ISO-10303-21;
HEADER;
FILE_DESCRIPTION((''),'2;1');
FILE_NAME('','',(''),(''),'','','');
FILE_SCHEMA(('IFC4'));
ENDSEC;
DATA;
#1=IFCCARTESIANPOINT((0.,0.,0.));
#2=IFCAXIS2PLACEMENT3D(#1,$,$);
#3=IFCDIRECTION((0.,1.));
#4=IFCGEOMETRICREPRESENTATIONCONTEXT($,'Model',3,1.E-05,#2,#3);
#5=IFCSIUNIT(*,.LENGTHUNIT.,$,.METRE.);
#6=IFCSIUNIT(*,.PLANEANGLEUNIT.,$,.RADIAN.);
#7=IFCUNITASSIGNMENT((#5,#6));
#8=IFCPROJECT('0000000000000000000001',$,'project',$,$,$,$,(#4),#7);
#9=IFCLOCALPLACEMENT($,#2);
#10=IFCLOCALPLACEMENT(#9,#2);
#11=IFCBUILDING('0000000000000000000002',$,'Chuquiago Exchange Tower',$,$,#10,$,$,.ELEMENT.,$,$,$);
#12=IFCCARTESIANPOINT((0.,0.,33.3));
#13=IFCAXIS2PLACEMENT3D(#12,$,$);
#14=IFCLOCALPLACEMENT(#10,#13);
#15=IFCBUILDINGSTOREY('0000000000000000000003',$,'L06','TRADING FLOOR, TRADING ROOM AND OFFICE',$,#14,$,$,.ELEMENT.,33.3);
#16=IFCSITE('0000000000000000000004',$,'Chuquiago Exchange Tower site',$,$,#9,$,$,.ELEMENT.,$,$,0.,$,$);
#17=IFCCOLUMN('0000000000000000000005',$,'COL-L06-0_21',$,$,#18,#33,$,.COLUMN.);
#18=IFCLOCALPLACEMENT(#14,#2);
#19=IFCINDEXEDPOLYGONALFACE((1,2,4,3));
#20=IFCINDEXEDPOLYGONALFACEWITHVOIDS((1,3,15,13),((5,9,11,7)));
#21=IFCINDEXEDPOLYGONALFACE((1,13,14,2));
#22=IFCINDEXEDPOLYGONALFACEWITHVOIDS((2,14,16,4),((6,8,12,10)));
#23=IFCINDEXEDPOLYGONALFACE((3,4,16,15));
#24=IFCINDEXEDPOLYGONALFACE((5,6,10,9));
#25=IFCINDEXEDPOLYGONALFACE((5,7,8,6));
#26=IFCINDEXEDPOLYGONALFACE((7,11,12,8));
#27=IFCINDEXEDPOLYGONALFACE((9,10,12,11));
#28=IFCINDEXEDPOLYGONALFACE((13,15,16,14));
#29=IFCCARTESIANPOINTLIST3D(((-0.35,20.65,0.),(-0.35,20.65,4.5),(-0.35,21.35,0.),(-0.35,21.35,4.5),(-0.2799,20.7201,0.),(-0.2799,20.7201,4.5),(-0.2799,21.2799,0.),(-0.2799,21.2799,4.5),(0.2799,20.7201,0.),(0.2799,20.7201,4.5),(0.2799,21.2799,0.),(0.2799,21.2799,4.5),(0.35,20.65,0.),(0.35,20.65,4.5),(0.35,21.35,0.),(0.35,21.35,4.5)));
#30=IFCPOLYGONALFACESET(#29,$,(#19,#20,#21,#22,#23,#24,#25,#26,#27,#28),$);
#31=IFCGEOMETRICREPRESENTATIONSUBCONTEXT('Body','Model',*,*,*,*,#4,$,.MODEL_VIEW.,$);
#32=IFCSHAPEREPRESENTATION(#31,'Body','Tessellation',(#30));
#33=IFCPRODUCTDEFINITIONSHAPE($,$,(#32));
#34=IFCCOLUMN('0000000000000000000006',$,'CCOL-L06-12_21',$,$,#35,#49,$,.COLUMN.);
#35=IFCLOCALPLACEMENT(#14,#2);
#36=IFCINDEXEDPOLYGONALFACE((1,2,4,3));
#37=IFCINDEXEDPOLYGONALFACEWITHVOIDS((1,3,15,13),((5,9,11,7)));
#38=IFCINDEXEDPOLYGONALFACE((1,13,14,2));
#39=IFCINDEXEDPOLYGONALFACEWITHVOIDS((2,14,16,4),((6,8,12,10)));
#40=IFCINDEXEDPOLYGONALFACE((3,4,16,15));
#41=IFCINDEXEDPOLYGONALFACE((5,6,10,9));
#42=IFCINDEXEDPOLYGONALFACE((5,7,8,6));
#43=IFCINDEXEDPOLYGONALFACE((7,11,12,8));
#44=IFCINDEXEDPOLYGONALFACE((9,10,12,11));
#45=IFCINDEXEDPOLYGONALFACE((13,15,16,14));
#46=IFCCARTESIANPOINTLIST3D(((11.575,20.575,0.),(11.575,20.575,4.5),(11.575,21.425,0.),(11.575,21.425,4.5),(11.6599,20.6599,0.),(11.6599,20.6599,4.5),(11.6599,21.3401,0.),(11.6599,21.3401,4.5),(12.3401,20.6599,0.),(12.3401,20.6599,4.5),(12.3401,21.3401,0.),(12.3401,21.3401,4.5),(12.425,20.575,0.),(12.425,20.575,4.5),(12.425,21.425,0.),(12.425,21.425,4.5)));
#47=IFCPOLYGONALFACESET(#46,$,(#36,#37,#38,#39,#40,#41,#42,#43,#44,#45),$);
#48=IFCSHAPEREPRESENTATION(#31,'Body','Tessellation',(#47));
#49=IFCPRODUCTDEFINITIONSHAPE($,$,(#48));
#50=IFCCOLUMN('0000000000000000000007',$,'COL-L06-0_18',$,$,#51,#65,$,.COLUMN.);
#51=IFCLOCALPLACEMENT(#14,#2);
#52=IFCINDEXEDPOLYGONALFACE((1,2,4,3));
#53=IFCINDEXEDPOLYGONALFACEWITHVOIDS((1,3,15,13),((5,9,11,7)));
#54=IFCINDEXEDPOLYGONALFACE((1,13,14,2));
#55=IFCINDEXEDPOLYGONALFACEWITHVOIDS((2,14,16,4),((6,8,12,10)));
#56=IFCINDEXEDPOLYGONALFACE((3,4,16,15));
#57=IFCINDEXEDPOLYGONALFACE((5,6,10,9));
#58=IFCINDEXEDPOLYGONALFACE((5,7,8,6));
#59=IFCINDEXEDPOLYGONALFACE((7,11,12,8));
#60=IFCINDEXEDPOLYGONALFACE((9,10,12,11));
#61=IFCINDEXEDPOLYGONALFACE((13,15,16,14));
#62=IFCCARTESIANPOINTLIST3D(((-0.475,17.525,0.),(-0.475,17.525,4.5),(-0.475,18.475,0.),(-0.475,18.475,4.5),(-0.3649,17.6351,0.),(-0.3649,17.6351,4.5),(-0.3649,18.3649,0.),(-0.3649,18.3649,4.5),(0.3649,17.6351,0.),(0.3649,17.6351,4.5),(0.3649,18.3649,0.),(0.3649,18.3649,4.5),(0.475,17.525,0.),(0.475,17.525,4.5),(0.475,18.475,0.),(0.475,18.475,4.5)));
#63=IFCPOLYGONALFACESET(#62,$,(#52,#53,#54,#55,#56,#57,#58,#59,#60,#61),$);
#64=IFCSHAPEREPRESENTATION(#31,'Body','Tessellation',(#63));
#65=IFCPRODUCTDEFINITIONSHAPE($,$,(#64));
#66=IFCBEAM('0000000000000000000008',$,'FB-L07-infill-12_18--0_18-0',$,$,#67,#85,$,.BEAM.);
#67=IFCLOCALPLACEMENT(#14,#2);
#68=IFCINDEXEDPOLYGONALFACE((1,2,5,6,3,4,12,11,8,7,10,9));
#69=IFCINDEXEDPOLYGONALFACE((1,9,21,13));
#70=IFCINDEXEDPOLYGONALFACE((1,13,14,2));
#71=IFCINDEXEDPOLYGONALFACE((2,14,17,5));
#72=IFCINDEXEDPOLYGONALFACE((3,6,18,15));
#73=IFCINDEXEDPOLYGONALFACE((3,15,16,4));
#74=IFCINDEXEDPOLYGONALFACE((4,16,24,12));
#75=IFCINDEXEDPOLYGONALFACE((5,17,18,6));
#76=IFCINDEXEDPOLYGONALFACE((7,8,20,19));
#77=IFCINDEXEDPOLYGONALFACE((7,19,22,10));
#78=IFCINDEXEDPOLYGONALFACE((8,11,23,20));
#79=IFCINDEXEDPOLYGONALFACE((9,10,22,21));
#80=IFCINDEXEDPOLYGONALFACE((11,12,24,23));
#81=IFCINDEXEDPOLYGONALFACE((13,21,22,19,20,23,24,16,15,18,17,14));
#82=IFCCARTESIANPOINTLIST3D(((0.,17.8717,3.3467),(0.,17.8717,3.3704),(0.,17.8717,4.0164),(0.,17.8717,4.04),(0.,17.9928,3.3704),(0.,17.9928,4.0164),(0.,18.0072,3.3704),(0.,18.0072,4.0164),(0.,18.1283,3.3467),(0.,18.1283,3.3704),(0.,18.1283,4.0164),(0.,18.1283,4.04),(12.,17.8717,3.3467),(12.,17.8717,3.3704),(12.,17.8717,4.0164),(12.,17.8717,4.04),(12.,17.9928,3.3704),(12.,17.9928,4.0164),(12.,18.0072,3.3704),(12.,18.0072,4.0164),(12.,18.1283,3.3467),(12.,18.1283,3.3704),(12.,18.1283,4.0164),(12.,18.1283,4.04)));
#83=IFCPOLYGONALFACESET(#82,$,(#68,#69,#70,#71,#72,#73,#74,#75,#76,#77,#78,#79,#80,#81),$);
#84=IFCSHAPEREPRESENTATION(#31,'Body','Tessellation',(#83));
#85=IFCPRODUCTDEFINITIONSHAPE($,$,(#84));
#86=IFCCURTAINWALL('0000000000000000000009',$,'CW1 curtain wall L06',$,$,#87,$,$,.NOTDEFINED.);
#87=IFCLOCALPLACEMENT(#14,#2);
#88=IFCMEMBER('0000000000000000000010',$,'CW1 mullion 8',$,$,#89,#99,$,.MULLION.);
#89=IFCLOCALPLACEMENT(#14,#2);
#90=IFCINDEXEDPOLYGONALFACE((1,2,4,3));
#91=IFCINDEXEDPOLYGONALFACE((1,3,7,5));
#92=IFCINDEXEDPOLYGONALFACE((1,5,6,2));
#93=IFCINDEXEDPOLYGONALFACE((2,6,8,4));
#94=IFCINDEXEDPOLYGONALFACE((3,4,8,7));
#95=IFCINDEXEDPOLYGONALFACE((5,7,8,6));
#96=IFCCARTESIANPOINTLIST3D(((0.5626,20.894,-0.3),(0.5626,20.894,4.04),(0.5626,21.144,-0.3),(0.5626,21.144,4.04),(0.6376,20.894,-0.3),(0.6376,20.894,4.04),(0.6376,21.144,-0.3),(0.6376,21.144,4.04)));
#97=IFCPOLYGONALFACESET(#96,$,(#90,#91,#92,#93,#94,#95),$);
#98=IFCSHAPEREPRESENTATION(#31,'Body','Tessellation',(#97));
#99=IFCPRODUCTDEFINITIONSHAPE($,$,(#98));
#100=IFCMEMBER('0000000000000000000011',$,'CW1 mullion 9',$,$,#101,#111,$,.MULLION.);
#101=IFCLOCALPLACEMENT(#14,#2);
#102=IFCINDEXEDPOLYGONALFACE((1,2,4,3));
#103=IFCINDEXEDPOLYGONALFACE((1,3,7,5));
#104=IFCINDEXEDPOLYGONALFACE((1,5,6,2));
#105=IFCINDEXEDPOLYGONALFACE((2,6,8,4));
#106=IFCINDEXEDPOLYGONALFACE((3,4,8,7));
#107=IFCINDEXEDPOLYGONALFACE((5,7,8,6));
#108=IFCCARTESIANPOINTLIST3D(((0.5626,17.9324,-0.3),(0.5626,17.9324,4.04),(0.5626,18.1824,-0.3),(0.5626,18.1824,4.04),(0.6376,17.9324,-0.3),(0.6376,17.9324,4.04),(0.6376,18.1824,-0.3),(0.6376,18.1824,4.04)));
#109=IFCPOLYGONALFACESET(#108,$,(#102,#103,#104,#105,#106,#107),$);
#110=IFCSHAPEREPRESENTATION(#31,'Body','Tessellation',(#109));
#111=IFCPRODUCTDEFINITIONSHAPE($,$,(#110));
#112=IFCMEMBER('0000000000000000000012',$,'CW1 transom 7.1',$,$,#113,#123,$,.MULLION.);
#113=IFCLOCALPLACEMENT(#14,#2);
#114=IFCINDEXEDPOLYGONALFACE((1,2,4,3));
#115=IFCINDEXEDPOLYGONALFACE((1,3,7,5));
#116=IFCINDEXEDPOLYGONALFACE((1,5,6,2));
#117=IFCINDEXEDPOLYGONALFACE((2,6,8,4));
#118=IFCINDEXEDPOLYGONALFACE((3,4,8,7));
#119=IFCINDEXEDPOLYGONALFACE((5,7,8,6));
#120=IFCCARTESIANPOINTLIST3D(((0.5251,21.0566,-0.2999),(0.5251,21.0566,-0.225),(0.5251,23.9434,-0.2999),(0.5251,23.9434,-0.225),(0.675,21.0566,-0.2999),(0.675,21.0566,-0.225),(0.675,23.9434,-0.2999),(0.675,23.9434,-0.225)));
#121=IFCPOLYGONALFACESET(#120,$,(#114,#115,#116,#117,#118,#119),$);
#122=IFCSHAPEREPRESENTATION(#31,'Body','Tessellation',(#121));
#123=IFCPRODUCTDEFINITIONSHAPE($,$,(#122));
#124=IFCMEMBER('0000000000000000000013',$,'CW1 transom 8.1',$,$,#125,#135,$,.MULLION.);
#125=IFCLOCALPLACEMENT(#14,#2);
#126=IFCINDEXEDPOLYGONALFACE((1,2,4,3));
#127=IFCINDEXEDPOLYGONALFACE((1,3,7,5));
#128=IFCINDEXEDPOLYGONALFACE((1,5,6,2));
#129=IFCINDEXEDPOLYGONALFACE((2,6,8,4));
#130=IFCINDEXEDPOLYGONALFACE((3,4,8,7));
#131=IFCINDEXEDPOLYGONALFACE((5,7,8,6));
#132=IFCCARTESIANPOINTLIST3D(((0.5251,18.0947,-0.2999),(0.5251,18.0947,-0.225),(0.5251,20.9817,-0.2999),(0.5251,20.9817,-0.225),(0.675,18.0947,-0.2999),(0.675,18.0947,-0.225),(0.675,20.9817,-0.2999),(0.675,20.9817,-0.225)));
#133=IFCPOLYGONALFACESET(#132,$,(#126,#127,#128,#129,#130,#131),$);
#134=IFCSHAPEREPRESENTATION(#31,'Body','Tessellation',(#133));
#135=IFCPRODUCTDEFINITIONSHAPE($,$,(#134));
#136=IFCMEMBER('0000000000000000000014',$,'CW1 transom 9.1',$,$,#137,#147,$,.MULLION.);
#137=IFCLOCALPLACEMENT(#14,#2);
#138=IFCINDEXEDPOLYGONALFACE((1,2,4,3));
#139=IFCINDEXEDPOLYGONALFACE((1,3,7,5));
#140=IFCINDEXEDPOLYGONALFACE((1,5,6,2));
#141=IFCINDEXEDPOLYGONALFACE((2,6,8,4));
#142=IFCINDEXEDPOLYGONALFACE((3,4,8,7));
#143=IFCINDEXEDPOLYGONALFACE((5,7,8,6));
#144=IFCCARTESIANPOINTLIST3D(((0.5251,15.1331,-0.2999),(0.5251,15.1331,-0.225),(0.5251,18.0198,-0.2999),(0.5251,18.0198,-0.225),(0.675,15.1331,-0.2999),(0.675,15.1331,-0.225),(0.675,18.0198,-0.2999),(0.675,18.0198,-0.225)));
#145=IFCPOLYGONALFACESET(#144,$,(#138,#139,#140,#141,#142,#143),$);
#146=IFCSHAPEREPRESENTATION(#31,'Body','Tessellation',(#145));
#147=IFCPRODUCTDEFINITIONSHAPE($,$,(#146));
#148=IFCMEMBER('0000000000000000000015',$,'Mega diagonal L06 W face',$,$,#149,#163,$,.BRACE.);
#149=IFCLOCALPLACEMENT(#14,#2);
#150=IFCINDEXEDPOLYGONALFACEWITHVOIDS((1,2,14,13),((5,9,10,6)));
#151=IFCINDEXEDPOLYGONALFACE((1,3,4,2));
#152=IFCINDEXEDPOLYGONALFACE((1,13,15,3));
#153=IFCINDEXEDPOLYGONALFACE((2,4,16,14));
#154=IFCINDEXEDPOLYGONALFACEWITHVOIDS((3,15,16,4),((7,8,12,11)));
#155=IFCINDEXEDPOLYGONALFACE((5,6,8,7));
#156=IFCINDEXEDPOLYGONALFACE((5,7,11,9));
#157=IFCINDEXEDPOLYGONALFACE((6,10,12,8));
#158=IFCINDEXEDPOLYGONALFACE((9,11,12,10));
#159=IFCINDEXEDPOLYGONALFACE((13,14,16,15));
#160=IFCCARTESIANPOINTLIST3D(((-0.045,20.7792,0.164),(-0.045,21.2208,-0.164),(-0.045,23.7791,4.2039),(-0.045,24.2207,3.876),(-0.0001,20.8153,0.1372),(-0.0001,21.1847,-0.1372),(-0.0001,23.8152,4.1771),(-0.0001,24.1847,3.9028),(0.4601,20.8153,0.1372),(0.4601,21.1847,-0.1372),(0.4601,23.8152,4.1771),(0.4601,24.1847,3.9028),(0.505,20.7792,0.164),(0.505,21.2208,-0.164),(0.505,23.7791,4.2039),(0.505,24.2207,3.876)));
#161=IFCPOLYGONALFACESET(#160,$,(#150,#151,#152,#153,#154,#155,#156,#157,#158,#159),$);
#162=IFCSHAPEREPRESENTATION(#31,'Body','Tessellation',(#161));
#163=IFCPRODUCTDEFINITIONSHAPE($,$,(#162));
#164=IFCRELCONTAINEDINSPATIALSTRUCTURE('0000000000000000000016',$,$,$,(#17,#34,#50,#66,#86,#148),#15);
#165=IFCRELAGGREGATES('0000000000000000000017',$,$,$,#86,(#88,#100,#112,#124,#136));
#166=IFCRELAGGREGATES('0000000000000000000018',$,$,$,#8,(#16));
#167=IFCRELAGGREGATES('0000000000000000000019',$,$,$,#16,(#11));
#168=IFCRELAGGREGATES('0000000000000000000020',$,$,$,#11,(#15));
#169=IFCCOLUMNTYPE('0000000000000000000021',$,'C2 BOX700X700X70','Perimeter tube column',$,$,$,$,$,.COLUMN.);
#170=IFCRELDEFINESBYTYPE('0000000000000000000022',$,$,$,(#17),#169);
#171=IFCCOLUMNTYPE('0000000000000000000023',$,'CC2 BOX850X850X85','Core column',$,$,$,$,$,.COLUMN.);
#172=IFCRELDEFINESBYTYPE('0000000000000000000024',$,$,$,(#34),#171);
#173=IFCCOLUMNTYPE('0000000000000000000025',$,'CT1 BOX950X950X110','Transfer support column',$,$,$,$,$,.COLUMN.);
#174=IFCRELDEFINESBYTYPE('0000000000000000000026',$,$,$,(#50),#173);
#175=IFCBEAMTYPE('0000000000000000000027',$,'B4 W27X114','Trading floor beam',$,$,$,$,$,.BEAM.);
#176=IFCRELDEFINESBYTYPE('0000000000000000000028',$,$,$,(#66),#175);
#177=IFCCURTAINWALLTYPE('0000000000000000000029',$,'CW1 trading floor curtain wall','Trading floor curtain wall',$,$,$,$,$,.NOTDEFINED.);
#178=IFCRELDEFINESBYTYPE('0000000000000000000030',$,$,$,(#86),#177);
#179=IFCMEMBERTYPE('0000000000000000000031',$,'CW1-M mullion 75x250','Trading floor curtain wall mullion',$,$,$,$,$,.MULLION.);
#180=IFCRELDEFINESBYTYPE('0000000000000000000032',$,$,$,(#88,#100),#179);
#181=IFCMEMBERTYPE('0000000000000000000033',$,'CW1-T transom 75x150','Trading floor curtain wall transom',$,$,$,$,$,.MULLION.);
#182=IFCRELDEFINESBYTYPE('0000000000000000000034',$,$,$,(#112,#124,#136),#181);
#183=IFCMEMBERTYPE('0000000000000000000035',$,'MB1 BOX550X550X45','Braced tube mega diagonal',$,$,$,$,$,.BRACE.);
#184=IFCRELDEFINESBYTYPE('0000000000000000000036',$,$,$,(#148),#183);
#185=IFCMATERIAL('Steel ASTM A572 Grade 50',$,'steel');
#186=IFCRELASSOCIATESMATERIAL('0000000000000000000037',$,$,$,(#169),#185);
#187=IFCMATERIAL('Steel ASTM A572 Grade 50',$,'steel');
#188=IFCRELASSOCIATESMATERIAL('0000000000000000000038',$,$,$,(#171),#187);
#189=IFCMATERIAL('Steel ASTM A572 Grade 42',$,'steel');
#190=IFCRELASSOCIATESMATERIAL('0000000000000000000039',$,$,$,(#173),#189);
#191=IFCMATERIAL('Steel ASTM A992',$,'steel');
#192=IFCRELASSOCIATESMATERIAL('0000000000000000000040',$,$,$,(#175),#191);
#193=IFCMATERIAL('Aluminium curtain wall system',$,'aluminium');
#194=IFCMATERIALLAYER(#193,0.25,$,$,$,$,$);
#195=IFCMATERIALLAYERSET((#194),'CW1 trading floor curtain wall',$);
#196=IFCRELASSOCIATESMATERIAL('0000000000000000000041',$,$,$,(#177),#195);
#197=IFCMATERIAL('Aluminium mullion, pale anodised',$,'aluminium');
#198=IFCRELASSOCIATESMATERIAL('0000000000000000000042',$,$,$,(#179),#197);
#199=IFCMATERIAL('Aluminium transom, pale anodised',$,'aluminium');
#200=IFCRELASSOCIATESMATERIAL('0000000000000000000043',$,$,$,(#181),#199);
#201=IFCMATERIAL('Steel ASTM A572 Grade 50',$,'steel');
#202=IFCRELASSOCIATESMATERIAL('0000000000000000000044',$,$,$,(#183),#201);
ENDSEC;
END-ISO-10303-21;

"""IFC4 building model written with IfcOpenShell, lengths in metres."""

from ifc_helpers import new_model, si_unit, direction, frame, origin, origin_2d, place, context, subcontext, project, spatial, rectangle, hollow_rectangle, i_section, extrude, material, layer, layer_set, material_profile, profile_set, type_object, element, aggregate, save


model = new_model("IFC4")

# Units and contexts
model_context = context("Model", 3, precision=1e-05, world=origin(), true_north=direction((0.0, 1.0)))
body_context = subcontext(model_context, "Body", "Model", "MODEL_VIEW")
ifc_project = project(units=[si_unit("LENGTHUNIT", "METRE"), si_unit("PLANEANGLEUNIT", "RADIAN")], contexts=[model_context])

# Site, building, storey
site_placement = place(None, origin())
site = spatial("IfcSite", under=ifc_project, at=site_placement, Name="Chuquiago Exchange Tower site", CompositionType="ELEMENT", RefElevation=0.0)
building_placement = place(site_placement, origin())
building = spatial("IfcBuilding", under=site, at=building_placement, Name="Chuquiago Exchange Tower", CompositionType="ELEMENT")
storey_placement = place(building_placement, frame((0.0, 0.0, 33.3)))
storey = spatial("IfcBuildingStorey", under=building, at=storey_placement, Name="L06", Description="TRADING FLOOR, TRADING ROOM AND OFFICE", CompositionType="ELEMENT", Elevation=33.3)

# Columns
ifc_material_1 = material(Name="Steel ASTM A572 Grade 50", Category="steel")
ifc_material_profile_1 = material_profile(ifc_material_1, hollow_rectangle(XDim=0.7, YDim=0.7, WallThickness=0.0701, at=origin_2d()), Name="BOX700X700X70")
ifc_profile_set_1 = profile_set([ifc_material_profile_1], Name="Steel ASTM A572 Grade 50")
column_type_1 = type_object("IfcColumnType", Name="C2 BOX700X700X70", Description="Perimeter tube column", PredefinedType="COLUMN", material=ifc_profile_set_1)
column_1_placement = place(storey_placement, frame((0.0, 21.0, 0.0), z_axis=(0.0, 0.0, 1.0), x_axis=(-1.0, 0.0, 0.0)))
element("IfcColumn", 1, at=column_1_placement, inside=storey, type_object=column_type_1, Name="COL-L06-0_21", PredefinedType="COLUMN", context=body_context, shape_type="SweptSolid", body=[
    extrude(hollow_rectangle(XDim=0.7, YDim=0.7, WallThickness=0.0701, at=origin_2d()), origin(), (0.0, 0.0, 1.0), 4.5),
])
ifc_material_2 = material(Name="Steel ASTM A572 Grade 50", Category="steel")
ifc_material_profile_2 = material_profile(ifc_material_2, hollow_rectangle(XDim=0.8501, YDim=0.8501, WallThickness=0.085, at=origin_2d()), Name="BOX850X850X85")
ifc_profile_set_2 = profile_set([ifc_material_profile_2], Name="Steel ASTM A572 Grade 50")
column_type_2 = type_object("IfcColumnType", Name="CC2 BOX850X850X85", Description="Core column", PredefinedType="COLUMN", material=ifc_profile_set_2)
column_2_placement = place(storey_placement, frame((12.0, 21.0, 0.0), z_axis=(0.0, 0.0, 1.0), x_axis=(1.0, 0.0, 0.0)))
element("IfcColumn", 2, at=column_2_placement, inside=storey, type_object=column_type_2, Name="CCOL-L06-12_21", PredefinedType="COLUMN", context=body_context, shape_type="SweptSolid", body=[
    extrude(hollow_rectangle(XDim=0.8501, YDim=0.8501, WallThickness=0.085, at=origin_2d()), origin(), (0.0, 0.0, 1.0), 4.5),
])
ifc_material_3 = material(Name="Steel ASTM A572 Grade 42", Category="steel")
ifc_material_profile_3 = material_profile(ifc_material_3, hollow_rectangle(XDim=0.95, YDim=0.95, WallThickness=0.1101, at=origin_2d()), Name="BOX950X950X110")
ifc_profile_set_3 = profile_set([ifc_material_profile_3], Name="Steel ASTM A572 Grade 42")
column_type_3 = type_object("IfcColumnType", Name="CT1 BOX950X950X110", Description="Transfer support column", PredefinedType="COLUMN", material=ifc_profile_set_3)
column_3_placement = place(storey_placement, frame((0.0, 18.0, 0.0), z_axis=(0.0, 0.0, 1.0), x_axis=(-1.0, 0.0, 0.0)))
element("IfcColumn", 3, at=column_3_placement, inside=storey, type_object=column_type_3, Name="COL-L06-0_18", PredefinedType="COLUMN", context=body_context, shape_type="SweptSolid", body=[
    extrude(hollow_rectangle(XDim=0.95, YDim=0.95, WallThickness=0.1101, at=origin_2d()), origin(), (0.0, 0.0, 1.0), 4.5),
])

# Beam
ifc_material_4 = material(Name="Steel ASTM A992", Category="steel")
ifc_material_profile_4 = material_profile(ifc_material_4, i_section(OverallWidth=0.2566, OverallDepth=0.6934, WebThickness=0.0144, FlangeThickness=0.0237, at=origin_2d()), Name="W27X114")
ifc_profile_set_4 = profile_set([ifc_material_profile_4], Name="Steel ASTM A992")
beam_type_1 = type_object("IfcBeamType", Name="B4 W27X114", Description="Trading floor beam", PredefinedType="BEAM", material=ifc_profile_set_4)
beam_placement = place(storey_placement, frame((12.0, 18.0, 3.6934), z_axis=(-1.0, 0.0, 0.0), x_axis=(0.0, -1.0, 0.0)))
element("IfcBeam", 4, at=beam_placement, inside=storey, type_object=beam_type_1, Name="FB-L07-infill-12_18--0_18-0", PredefinedType="BEAM", context=body_context, shape_type="SweptSolid", body=[
    extrude(i_section(OverallWidth=0.2566, OverallDepth=0.6934, WebThickness=0.0144, FlangeThickness=0.0237, at=origin_2d()), origin(), (0.0, 0.0, 1.0), 12.0),
])

# Curtain wall, members
ifc_material_5 = material(Name="Aluminium curtain wall system", Category="aluminium")
ifc_layer_1 = layer(ifc_material_5, 0.25)
ifc_layer_set_1 = layer_set([ifc_layer_1], Name="CW1 trading floor curtain wall")
curtain_wall_type = type_object("IfcCurtainWallType", Name="CW1 trading floor curtain wall", Description="Trading floor curtain wall", PredefinedType="NOTDEFINED", material=ifc_layer_set_1)
curtain_wall_placement = place(storey_placement, origin())
curtain_wall = element("IfcCurtainWall", 5, at=curtain_wall_placement, inside=storey, type_object=curtain_wall_type, Name="CW1 curtain wall L06", PredefinedType="NOTDEFINED")
ifc_material_6 = material(Name="Aluminium mullion, pale anodised", Category="aluminium")
ifc_material_profile_5 = material_profile(ifc_material_6, rectangle(XDim=0.075, YDim=0.25, at=origin_2d()), Name="AL 75x250")
ifc_profile_set_5 = profile_set([ifc_material_profile_5], Name="Aluminium mullion, pale anodised")
member_type_1 = type_object("IfcMemberType", Name="CW1-M mullion 75x250", Description="Trading floor curtain wall mullion", PredefinedType="MULLION", material=ifc_profile_set_5)
member_1_placement = place(storey_placement, frame((0.6001, 21.019, -0.3), z_axis=(0.0, 0.0, 1.0), x_axis=(1.0, 0.0, 0.0)))
member_1 = element("IfcMember", 6, at=member_1_placement, type_object=member_type_1, Name="CW1 mullion 8", PredefinedType="MULLION", context=body_context, shape_type="SweptSolid", body=[
    extrude(rectangle(XDim=0.075, YDim=0.25, at=origin_2d()), origin(), (0.0, 0.0, 1.0), 4.3401),
])
member_2_placement = place(storey_placement, frame((0.6001, 18.0574, -0.3), z_axis=(0.0, 0.0, 1.0), x_axis=(1.0, 0.0, 0.0)))
member_2 = element("IfcMember", 7, at=member_2_placement, type_object=member_type_1, Name="CW1 mullion 9", PredefinedType="MULLION", context=body_context, shape_type="SweptSolid", body=[
    extrude(rectangle(XDim=0.075, YDim=0.25, at=origin_2d()), origin(), (0.0, 0.0, 1.0), 4.3401),
])
ifc_material_7 = material(Name="Aluminium transom, pale anodised", Category="aluminium")
ifc_material_profile_6 = material_profile(ifc_material_7, rectangle(XDim=0.1499, YDim=0.075, at=origin_2d()), Name="AL 150x75")
ifc_profile_set_6 = profile_set([ifc_material_profile_6], Name="Aluminium transom, pale anodised")
member_type_2 = type_object("IfcMemberType", Name="CW1-T transom 75x150", Description="Trading floor curtain wall transom", PredefinedType="MULLION", material=ifc_profile_set_6)
member_3_placement = place(storey_placement, frame((0.6001, 23.9434, -0.2625), z_axis=(0.0, -1.0, 0.0), x_axis=(1.0, 0.0, 0.0)))
member_3 = element("IfcMember", 8, at=member_3_placement, type_object=member_type_2, Name="CW1 transom 7.1", PredefinedType="MULLION", context=body_context, shape_type="SweptSolid", body=[
    extrude(rectangle(XDim=0.1499, YDim=0.075, at=origin_2d()), origin(), (0.0, 0.0, 1.0), 2.8867),
])
member_4_placement = place(storey_placement, frame((0.6001, 20.9817, -0.2625), z_axis=(0.0, -1.0, 0.0), x_axis=(1.0, 0.0, 0.0)))
member_4 = element("IfcMember", 9, at=member_4_placement, type_object=member_type_2, Name="CW1 transom 8.1", PredefinedType="MULLION", context=body_context, shape_type="SweptSolid", body=[
    extrude(rectangle(XDim=0.1499, YDim=0.075, at=origin_2d()), origin(), (0.0, 0.0, 1.0), 2.887),
])
member_5_placement = place(storey_placement, frame((0.6001, 18.0198, -0.2625), z_axis=(0.0, -1.0, 0.0), x_axis=(1.0, 0.0, 0.0)))
member_5 = element("IfcMember", 10, at=member_5_placement, type_object=member_type_2, Name="CW1 transom 9.1", PredefinedType="MULLION", context=body_context, shape_type="SweptSolid", body=[
    extrude(rectangle(XDim=0.1499, YDim=0.075, at=origin_2d()), origin(), (0.0, 0.0, 1.0), 2.8867),
])

# Member
ifc_material_8 = material(Name="Steel ASTM A572 Grade 50", Category="steel")
ifc_material_profile_7 = material_profile(ifc_material_8, hollow_rectangle(XDim=0.55, YDim=0.55, WallThickness=0.0449, at=origin_2d()), Name="BOX550X550X45")
ifc_profile_set_7 = profile_set([ifc_material_profile_7], Name="Steel ASTM A572 Grade 50")
member_type_3 = type_object("IfcMemberType", Name="MB1 BOX550X550X45", Description="Braced tube mega diagonal", PredefinedType="BRACE", material=ifc_profile_set_7)
member_6_placement = place(storey_placement, frame((0.23, 21.0, 0.0), z_axis=(0.0, 0.596174, 0.802855), x_axis=(-1.0, 0.0, 0.0)))
element("IfcMember", 11, at=member_6_placement, inside=storey, type_object=member_type_3, Name="Mega diagonal L06 W face", PredefinedType="BRACE", context=body_context, shape_type="SweptSolid", body=[
    extrude(hollow_rectangle(XDim=0.55, YDim=0.55, WallThickness=0.0449, at=origin_2d()), origin(), (0.0, 0.0, 1.0), 5.032),
])

aggregate(curtain_wall, [member_1, member_2, member_3, member_4, member_5])

save(model, "model.ifc")
